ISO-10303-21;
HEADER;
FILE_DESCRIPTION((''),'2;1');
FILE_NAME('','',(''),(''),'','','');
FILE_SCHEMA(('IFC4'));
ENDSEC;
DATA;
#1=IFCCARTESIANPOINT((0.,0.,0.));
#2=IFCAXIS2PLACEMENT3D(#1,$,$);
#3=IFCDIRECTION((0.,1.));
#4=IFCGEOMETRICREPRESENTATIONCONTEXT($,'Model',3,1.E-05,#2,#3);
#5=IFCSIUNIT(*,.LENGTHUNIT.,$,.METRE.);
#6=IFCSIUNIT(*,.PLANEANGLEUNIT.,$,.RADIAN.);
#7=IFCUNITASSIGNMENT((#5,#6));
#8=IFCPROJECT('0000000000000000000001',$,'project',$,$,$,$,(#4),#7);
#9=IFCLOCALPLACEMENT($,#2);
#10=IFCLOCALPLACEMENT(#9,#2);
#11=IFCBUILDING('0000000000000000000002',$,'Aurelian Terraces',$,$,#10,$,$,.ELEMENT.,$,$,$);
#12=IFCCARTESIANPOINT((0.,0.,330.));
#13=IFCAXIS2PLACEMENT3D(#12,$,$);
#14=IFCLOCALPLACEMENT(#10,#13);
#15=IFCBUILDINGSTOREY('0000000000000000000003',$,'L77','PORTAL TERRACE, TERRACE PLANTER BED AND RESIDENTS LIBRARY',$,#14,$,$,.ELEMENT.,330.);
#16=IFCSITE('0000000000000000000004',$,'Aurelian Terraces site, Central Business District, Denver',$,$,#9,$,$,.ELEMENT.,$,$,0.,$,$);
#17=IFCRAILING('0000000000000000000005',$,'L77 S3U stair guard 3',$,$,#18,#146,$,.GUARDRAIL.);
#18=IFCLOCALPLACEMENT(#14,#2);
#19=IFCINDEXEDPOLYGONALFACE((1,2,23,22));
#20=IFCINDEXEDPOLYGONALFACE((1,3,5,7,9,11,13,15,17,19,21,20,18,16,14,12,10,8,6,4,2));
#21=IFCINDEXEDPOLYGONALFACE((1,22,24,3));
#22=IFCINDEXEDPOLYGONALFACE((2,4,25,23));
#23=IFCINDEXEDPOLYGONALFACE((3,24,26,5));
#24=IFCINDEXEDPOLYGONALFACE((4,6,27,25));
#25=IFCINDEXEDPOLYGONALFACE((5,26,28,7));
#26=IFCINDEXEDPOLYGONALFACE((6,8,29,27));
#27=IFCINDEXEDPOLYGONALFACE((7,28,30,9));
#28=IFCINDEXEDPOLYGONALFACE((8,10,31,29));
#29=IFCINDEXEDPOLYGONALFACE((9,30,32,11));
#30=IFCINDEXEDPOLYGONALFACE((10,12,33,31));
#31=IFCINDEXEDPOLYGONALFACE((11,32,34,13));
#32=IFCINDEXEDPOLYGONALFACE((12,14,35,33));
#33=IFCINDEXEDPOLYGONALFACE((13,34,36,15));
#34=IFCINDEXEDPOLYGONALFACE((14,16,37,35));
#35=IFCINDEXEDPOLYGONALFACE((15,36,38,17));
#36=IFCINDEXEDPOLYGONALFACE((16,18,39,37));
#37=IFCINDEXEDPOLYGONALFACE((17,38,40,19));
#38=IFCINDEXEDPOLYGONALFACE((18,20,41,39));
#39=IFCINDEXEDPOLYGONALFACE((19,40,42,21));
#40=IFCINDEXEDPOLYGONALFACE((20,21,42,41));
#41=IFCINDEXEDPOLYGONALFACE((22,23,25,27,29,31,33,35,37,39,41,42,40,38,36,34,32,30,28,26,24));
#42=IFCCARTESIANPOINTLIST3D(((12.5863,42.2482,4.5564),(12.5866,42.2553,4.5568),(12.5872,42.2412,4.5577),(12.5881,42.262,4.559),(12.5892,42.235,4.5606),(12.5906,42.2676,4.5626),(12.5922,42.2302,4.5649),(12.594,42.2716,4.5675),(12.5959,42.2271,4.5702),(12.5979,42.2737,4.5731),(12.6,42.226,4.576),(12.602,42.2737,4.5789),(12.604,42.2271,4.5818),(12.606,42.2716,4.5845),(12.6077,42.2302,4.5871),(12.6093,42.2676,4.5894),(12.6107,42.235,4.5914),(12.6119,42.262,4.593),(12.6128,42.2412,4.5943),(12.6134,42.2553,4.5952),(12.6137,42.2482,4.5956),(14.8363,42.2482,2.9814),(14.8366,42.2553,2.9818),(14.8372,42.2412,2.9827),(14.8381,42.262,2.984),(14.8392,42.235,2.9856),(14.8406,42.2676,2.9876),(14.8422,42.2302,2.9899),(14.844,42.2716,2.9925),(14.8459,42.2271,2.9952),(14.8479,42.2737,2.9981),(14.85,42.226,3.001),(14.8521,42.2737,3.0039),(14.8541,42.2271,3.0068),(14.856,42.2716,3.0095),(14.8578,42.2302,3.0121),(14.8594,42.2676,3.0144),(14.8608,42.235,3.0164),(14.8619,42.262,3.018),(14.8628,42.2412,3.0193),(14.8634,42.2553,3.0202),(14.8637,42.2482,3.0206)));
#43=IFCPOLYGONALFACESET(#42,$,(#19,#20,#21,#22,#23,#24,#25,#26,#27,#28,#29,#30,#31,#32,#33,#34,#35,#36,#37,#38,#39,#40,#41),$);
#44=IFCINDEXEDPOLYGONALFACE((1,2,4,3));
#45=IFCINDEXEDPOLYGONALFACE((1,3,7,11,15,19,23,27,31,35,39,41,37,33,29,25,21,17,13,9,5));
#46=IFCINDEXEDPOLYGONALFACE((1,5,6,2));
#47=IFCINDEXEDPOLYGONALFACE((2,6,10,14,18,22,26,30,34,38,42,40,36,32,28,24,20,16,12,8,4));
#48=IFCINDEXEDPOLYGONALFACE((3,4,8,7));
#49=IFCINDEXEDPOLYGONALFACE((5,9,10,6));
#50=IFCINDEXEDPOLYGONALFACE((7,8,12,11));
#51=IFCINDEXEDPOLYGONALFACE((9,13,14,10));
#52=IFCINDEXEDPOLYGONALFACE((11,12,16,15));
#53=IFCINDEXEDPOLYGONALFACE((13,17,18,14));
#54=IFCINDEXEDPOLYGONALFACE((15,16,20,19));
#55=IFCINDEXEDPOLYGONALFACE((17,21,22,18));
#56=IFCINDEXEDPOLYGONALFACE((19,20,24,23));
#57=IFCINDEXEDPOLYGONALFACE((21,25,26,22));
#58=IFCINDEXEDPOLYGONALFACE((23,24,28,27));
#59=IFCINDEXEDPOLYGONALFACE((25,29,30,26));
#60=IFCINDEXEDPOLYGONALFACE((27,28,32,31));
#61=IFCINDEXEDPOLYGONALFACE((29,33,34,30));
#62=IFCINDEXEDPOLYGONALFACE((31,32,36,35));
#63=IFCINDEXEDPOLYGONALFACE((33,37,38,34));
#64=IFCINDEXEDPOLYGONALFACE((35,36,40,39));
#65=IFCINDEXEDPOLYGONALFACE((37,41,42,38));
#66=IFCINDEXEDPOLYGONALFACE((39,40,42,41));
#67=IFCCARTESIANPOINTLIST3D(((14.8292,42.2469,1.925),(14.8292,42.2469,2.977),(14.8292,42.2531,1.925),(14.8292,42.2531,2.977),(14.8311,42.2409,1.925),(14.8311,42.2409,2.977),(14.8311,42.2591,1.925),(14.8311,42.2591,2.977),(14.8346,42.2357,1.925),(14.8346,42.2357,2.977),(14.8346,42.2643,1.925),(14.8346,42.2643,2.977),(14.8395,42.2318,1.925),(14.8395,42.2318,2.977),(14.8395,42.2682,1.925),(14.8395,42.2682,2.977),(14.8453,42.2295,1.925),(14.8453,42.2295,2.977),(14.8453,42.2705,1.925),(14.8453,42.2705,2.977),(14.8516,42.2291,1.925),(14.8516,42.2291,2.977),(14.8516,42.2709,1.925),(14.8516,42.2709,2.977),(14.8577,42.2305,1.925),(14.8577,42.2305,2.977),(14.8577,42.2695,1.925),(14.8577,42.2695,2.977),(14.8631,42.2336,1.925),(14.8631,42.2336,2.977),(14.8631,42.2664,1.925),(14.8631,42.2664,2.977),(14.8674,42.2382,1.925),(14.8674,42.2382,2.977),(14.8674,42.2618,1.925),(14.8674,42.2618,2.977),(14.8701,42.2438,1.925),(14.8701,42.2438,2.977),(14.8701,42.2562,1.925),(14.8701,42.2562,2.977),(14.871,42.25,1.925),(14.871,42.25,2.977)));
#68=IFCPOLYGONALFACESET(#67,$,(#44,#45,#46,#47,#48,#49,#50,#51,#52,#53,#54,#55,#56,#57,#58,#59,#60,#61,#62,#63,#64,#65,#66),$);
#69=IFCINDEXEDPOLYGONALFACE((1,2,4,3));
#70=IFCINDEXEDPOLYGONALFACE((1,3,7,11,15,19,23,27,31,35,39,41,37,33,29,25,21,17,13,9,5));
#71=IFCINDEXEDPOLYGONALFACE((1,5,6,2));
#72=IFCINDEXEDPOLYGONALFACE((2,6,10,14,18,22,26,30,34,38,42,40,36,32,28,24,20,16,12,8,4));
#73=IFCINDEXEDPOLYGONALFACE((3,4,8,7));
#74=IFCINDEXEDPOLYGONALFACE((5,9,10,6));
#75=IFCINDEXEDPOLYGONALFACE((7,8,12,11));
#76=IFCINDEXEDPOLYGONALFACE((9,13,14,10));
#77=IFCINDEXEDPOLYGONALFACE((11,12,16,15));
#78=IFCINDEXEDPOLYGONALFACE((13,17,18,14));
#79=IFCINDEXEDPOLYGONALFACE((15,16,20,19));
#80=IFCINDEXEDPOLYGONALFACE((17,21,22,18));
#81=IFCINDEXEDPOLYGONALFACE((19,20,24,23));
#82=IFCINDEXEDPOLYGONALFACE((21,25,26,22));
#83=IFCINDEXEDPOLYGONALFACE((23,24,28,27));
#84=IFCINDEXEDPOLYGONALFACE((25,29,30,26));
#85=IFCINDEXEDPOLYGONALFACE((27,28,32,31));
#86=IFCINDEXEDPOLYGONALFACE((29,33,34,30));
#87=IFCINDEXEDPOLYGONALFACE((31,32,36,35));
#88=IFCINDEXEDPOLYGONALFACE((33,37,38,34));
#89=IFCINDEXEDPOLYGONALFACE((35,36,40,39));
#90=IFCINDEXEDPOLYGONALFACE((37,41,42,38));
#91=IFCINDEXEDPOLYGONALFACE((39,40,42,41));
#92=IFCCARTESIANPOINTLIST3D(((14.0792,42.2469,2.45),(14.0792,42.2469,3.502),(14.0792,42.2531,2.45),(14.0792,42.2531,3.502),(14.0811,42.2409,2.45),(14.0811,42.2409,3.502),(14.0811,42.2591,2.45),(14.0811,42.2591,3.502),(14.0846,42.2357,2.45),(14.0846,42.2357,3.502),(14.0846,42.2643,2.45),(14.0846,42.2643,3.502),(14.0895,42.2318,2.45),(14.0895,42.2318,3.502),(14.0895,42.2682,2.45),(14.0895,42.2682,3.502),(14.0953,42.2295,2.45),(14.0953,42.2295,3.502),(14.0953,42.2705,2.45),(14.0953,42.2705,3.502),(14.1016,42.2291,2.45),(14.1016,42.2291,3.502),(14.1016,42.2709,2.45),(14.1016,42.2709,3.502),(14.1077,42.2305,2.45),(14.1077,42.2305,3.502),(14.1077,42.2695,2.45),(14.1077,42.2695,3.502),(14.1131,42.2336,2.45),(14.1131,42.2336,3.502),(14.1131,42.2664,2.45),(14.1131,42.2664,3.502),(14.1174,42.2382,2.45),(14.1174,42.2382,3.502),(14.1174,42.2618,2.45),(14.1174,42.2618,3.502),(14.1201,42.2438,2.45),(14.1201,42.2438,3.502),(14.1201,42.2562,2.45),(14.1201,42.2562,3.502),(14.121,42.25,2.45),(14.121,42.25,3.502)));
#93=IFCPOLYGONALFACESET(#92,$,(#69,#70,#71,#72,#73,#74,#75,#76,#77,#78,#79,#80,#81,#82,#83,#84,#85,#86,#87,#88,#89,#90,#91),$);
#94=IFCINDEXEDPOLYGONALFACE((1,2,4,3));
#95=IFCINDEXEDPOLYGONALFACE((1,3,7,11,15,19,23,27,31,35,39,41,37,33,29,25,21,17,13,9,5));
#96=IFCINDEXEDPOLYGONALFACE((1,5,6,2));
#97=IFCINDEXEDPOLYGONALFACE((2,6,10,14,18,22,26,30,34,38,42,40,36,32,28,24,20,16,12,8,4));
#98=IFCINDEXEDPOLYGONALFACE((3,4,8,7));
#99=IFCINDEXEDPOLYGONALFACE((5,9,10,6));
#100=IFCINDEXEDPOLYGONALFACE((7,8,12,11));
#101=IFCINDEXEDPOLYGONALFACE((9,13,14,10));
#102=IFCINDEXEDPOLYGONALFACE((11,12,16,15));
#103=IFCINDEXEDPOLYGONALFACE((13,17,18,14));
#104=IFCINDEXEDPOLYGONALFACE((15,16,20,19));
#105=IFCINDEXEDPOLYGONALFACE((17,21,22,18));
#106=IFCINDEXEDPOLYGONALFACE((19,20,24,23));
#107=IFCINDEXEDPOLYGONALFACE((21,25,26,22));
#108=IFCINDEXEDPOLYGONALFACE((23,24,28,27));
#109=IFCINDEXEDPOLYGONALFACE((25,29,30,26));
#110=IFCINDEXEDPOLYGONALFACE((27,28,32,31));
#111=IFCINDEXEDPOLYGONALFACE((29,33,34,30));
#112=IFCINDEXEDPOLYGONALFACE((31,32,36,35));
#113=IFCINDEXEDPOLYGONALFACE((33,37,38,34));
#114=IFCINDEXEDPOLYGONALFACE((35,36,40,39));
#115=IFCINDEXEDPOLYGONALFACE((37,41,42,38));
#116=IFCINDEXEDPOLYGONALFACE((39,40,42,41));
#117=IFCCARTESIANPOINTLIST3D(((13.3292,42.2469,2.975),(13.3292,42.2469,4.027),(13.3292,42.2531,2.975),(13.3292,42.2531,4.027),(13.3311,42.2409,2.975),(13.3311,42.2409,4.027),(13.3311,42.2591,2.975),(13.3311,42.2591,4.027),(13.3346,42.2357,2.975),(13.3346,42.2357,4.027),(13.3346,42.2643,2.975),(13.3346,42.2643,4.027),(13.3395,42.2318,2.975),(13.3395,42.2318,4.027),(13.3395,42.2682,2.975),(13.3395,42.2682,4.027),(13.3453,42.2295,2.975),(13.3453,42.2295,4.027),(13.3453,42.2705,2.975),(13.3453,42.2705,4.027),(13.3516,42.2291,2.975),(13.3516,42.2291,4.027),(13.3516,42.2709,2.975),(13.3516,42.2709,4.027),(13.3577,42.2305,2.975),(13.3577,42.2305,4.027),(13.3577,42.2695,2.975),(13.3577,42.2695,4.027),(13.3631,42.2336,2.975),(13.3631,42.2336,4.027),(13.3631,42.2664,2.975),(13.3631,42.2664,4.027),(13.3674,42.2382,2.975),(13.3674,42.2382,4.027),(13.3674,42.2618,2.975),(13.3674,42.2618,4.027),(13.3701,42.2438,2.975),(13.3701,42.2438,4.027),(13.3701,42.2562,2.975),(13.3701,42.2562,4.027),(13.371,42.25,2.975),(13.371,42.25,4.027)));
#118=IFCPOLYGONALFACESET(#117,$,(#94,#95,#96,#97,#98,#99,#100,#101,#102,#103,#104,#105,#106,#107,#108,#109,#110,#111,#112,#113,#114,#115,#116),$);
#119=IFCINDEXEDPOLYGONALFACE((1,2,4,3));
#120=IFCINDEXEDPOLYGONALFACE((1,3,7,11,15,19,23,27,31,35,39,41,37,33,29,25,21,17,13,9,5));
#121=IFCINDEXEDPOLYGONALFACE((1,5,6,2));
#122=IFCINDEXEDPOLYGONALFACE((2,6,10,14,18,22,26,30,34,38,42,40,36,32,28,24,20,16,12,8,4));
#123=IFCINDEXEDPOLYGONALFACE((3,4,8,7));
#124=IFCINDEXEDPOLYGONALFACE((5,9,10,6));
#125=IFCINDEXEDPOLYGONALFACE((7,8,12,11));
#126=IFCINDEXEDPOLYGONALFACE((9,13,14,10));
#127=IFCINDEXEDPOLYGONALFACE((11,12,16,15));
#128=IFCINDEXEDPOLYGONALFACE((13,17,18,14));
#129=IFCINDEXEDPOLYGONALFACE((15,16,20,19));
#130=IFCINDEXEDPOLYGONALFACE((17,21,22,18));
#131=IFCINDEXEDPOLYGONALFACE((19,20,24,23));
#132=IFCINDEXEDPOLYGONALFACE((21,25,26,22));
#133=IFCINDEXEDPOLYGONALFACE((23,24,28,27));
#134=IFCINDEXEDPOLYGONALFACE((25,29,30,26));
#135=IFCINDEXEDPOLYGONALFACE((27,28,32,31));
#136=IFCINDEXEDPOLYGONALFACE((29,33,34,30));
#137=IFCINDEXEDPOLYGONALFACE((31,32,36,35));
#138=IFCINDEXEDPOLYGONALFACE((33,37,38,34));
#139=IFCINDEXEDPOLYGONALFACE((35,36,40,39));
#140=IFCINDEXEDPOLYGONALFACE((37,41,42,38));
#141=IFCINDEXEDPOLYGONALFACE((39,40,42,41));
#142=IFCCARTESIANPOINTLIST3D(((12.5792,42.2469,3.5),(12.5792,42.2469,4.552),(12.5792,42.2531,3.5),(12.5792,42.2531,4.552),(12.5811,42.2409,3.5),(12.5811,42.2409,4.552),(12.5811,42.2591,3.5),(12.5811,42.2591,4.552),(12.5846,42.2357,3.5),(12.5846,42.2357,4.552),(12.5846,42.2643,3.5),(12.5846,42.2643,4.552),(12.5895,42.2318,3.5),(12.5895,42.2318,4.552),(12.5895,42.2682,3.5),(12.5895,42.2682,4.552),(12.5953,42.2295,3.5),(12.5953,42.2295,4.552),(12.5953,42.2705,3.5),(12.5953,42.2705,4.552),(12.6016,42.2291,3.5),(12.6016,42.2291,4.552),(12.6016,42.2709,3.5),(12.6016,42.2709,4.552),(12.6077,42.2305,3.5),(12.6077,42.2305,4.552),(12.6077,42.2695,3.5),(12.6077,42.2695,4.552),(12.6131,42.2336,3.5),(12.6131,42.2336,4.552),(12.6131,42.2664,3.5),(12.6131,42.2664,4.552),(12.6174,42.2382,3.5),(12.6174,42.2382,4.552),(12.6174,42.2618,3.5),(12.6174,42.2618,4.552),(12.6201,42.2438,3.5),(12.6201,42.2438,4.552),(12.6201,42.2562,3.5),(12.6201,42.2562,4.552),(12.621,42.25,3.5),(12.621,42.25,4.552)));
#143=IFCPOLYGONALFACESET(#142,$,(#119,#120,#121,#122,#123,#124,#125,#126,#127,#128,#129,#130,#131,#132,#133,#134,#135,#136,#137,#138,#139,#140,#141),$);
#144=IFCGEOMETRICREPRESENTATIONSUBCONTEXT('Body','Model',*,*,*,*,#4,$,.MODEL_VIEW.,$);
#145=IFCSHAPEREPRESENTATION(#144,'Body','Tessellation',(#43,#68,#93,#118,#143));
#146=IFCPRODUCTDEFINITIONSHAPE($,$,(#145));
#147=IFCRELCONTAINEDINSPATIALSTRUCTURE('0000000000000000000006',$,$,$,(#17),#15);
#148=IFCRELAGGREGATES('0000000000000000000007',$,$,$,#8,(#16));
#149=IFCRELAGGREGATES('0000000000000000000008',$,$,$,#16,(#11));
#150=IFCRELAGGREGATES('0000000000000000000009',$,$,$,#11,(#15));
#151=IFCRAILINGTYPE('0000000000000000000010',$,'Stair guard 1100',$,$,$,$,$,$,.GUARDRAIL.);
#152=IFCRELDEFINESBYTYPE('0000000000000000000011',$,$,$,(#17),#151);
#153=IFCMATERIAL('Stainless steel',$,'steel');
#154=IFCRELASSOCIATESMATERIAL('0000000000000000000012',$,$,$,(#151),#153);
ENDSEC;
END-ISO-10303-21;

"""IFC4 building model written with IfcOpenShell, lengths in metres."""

from ifc_helpers import new_model, si_unit, direction, frame, origin, origin_2d, place, context, subcontext, project, spatial, circle, extrude, source, transform, mapped, material, type_object, element, save


model = new_model("IFC4")

# Units and contexts
model_context = context("Model", 3, precision=1e-05, world=origin(), true_north=direction((0.0, 1.0)))
body_context = subcontext(model_context, "Body", "Model", "MODEL_VIEW")
ifc_project = project(units=[si_unit("LENGTHUNIT", "METRE"), si_unit("PLANEANGLEUNIT", "RADIAN")], contexts=[model_context])

# Site, building, storey
site_placement = place(None, origin())
site = spatial("IfcSite", under=ifc_project, at=site_placement, Name="Aurelian Terraces site, Central Business District, Denver", CompositionType="ELEMENT", RefElevation=0.0)
building_placement = place(site_placement, origin())
building = spatial("IfcBuilding", under=site, at=building_placement, Name="Aurelian Terraces", CompositionType="ELEMENT")
storey_placement = place(building_placement, frame((0.0, 0.0, 330.0)))
storey = spatial("IfcBuildingStorey", under=building, at=storey_placement, Name="L77", Description="PORTAL TERRACE, TERRACE PLANTER BED AND RESIDENTS LIBRARY", CompositionType="ELEMENT", Elevation=330.0)

# Railing
ifc_material_1 = material(Name="Stainless steel", Category="steel")
railing_type_1 = type_object("IfcRailingType", Name="Stair guard 1100", PredefinedType="GUARDRAIL", material=ifc_material_1)
shared_shape_1 = source(origin(), body_context, "Body", "SweptSolid", [
    extrude(circle(Radius=0.024, at=origin_2d()), frame((0.0, 0.0, 1.076), z_axis=(-0.819232, 0.0, 0.573462), x_axis=(0.0, -1.0, 0.0)), (0.0, 0.0, 1.0), 2.7465),
    extrude(circle(Radius=0.021, at=origin_2d()), origin(), (0.0, 0.0, 1.0), 1.052),
    extrude(circle(Radius=0.021, at=origin_2d()), frame((-0.75, 0.0, 0.525)), (0.0, 0.0, 1.0), 1.052),
    extrude(circle(Radius=0.021, at=origin_2d()), frame((-1.5, 0.0, 1.05)), (0.0, 0.0, 1.0), 1.052),
    extrude(circle(Radius=0.021, at=origin_2d()), frame((-2.25, 0.0, 1.575)), (0.0, 0.0, 1.0), 1.052),
])
railing_1_placement = place(storey_placement, frame((14.85, 42.25, 1.925)))
element("IfcRailing", 1, at=railing_1_placement, inside=storey, type_object=railing_type_1, Name="L77 S3U stair guard 3", PredefinedType="GUARDRAIL", context=body_context, shape_type="MappedRepresentation", body=[
    mapped(shared_shape_1, transform((0.0, 0.0, 0.0), scale=1.0)),
])

save(model, "model.ifc")
